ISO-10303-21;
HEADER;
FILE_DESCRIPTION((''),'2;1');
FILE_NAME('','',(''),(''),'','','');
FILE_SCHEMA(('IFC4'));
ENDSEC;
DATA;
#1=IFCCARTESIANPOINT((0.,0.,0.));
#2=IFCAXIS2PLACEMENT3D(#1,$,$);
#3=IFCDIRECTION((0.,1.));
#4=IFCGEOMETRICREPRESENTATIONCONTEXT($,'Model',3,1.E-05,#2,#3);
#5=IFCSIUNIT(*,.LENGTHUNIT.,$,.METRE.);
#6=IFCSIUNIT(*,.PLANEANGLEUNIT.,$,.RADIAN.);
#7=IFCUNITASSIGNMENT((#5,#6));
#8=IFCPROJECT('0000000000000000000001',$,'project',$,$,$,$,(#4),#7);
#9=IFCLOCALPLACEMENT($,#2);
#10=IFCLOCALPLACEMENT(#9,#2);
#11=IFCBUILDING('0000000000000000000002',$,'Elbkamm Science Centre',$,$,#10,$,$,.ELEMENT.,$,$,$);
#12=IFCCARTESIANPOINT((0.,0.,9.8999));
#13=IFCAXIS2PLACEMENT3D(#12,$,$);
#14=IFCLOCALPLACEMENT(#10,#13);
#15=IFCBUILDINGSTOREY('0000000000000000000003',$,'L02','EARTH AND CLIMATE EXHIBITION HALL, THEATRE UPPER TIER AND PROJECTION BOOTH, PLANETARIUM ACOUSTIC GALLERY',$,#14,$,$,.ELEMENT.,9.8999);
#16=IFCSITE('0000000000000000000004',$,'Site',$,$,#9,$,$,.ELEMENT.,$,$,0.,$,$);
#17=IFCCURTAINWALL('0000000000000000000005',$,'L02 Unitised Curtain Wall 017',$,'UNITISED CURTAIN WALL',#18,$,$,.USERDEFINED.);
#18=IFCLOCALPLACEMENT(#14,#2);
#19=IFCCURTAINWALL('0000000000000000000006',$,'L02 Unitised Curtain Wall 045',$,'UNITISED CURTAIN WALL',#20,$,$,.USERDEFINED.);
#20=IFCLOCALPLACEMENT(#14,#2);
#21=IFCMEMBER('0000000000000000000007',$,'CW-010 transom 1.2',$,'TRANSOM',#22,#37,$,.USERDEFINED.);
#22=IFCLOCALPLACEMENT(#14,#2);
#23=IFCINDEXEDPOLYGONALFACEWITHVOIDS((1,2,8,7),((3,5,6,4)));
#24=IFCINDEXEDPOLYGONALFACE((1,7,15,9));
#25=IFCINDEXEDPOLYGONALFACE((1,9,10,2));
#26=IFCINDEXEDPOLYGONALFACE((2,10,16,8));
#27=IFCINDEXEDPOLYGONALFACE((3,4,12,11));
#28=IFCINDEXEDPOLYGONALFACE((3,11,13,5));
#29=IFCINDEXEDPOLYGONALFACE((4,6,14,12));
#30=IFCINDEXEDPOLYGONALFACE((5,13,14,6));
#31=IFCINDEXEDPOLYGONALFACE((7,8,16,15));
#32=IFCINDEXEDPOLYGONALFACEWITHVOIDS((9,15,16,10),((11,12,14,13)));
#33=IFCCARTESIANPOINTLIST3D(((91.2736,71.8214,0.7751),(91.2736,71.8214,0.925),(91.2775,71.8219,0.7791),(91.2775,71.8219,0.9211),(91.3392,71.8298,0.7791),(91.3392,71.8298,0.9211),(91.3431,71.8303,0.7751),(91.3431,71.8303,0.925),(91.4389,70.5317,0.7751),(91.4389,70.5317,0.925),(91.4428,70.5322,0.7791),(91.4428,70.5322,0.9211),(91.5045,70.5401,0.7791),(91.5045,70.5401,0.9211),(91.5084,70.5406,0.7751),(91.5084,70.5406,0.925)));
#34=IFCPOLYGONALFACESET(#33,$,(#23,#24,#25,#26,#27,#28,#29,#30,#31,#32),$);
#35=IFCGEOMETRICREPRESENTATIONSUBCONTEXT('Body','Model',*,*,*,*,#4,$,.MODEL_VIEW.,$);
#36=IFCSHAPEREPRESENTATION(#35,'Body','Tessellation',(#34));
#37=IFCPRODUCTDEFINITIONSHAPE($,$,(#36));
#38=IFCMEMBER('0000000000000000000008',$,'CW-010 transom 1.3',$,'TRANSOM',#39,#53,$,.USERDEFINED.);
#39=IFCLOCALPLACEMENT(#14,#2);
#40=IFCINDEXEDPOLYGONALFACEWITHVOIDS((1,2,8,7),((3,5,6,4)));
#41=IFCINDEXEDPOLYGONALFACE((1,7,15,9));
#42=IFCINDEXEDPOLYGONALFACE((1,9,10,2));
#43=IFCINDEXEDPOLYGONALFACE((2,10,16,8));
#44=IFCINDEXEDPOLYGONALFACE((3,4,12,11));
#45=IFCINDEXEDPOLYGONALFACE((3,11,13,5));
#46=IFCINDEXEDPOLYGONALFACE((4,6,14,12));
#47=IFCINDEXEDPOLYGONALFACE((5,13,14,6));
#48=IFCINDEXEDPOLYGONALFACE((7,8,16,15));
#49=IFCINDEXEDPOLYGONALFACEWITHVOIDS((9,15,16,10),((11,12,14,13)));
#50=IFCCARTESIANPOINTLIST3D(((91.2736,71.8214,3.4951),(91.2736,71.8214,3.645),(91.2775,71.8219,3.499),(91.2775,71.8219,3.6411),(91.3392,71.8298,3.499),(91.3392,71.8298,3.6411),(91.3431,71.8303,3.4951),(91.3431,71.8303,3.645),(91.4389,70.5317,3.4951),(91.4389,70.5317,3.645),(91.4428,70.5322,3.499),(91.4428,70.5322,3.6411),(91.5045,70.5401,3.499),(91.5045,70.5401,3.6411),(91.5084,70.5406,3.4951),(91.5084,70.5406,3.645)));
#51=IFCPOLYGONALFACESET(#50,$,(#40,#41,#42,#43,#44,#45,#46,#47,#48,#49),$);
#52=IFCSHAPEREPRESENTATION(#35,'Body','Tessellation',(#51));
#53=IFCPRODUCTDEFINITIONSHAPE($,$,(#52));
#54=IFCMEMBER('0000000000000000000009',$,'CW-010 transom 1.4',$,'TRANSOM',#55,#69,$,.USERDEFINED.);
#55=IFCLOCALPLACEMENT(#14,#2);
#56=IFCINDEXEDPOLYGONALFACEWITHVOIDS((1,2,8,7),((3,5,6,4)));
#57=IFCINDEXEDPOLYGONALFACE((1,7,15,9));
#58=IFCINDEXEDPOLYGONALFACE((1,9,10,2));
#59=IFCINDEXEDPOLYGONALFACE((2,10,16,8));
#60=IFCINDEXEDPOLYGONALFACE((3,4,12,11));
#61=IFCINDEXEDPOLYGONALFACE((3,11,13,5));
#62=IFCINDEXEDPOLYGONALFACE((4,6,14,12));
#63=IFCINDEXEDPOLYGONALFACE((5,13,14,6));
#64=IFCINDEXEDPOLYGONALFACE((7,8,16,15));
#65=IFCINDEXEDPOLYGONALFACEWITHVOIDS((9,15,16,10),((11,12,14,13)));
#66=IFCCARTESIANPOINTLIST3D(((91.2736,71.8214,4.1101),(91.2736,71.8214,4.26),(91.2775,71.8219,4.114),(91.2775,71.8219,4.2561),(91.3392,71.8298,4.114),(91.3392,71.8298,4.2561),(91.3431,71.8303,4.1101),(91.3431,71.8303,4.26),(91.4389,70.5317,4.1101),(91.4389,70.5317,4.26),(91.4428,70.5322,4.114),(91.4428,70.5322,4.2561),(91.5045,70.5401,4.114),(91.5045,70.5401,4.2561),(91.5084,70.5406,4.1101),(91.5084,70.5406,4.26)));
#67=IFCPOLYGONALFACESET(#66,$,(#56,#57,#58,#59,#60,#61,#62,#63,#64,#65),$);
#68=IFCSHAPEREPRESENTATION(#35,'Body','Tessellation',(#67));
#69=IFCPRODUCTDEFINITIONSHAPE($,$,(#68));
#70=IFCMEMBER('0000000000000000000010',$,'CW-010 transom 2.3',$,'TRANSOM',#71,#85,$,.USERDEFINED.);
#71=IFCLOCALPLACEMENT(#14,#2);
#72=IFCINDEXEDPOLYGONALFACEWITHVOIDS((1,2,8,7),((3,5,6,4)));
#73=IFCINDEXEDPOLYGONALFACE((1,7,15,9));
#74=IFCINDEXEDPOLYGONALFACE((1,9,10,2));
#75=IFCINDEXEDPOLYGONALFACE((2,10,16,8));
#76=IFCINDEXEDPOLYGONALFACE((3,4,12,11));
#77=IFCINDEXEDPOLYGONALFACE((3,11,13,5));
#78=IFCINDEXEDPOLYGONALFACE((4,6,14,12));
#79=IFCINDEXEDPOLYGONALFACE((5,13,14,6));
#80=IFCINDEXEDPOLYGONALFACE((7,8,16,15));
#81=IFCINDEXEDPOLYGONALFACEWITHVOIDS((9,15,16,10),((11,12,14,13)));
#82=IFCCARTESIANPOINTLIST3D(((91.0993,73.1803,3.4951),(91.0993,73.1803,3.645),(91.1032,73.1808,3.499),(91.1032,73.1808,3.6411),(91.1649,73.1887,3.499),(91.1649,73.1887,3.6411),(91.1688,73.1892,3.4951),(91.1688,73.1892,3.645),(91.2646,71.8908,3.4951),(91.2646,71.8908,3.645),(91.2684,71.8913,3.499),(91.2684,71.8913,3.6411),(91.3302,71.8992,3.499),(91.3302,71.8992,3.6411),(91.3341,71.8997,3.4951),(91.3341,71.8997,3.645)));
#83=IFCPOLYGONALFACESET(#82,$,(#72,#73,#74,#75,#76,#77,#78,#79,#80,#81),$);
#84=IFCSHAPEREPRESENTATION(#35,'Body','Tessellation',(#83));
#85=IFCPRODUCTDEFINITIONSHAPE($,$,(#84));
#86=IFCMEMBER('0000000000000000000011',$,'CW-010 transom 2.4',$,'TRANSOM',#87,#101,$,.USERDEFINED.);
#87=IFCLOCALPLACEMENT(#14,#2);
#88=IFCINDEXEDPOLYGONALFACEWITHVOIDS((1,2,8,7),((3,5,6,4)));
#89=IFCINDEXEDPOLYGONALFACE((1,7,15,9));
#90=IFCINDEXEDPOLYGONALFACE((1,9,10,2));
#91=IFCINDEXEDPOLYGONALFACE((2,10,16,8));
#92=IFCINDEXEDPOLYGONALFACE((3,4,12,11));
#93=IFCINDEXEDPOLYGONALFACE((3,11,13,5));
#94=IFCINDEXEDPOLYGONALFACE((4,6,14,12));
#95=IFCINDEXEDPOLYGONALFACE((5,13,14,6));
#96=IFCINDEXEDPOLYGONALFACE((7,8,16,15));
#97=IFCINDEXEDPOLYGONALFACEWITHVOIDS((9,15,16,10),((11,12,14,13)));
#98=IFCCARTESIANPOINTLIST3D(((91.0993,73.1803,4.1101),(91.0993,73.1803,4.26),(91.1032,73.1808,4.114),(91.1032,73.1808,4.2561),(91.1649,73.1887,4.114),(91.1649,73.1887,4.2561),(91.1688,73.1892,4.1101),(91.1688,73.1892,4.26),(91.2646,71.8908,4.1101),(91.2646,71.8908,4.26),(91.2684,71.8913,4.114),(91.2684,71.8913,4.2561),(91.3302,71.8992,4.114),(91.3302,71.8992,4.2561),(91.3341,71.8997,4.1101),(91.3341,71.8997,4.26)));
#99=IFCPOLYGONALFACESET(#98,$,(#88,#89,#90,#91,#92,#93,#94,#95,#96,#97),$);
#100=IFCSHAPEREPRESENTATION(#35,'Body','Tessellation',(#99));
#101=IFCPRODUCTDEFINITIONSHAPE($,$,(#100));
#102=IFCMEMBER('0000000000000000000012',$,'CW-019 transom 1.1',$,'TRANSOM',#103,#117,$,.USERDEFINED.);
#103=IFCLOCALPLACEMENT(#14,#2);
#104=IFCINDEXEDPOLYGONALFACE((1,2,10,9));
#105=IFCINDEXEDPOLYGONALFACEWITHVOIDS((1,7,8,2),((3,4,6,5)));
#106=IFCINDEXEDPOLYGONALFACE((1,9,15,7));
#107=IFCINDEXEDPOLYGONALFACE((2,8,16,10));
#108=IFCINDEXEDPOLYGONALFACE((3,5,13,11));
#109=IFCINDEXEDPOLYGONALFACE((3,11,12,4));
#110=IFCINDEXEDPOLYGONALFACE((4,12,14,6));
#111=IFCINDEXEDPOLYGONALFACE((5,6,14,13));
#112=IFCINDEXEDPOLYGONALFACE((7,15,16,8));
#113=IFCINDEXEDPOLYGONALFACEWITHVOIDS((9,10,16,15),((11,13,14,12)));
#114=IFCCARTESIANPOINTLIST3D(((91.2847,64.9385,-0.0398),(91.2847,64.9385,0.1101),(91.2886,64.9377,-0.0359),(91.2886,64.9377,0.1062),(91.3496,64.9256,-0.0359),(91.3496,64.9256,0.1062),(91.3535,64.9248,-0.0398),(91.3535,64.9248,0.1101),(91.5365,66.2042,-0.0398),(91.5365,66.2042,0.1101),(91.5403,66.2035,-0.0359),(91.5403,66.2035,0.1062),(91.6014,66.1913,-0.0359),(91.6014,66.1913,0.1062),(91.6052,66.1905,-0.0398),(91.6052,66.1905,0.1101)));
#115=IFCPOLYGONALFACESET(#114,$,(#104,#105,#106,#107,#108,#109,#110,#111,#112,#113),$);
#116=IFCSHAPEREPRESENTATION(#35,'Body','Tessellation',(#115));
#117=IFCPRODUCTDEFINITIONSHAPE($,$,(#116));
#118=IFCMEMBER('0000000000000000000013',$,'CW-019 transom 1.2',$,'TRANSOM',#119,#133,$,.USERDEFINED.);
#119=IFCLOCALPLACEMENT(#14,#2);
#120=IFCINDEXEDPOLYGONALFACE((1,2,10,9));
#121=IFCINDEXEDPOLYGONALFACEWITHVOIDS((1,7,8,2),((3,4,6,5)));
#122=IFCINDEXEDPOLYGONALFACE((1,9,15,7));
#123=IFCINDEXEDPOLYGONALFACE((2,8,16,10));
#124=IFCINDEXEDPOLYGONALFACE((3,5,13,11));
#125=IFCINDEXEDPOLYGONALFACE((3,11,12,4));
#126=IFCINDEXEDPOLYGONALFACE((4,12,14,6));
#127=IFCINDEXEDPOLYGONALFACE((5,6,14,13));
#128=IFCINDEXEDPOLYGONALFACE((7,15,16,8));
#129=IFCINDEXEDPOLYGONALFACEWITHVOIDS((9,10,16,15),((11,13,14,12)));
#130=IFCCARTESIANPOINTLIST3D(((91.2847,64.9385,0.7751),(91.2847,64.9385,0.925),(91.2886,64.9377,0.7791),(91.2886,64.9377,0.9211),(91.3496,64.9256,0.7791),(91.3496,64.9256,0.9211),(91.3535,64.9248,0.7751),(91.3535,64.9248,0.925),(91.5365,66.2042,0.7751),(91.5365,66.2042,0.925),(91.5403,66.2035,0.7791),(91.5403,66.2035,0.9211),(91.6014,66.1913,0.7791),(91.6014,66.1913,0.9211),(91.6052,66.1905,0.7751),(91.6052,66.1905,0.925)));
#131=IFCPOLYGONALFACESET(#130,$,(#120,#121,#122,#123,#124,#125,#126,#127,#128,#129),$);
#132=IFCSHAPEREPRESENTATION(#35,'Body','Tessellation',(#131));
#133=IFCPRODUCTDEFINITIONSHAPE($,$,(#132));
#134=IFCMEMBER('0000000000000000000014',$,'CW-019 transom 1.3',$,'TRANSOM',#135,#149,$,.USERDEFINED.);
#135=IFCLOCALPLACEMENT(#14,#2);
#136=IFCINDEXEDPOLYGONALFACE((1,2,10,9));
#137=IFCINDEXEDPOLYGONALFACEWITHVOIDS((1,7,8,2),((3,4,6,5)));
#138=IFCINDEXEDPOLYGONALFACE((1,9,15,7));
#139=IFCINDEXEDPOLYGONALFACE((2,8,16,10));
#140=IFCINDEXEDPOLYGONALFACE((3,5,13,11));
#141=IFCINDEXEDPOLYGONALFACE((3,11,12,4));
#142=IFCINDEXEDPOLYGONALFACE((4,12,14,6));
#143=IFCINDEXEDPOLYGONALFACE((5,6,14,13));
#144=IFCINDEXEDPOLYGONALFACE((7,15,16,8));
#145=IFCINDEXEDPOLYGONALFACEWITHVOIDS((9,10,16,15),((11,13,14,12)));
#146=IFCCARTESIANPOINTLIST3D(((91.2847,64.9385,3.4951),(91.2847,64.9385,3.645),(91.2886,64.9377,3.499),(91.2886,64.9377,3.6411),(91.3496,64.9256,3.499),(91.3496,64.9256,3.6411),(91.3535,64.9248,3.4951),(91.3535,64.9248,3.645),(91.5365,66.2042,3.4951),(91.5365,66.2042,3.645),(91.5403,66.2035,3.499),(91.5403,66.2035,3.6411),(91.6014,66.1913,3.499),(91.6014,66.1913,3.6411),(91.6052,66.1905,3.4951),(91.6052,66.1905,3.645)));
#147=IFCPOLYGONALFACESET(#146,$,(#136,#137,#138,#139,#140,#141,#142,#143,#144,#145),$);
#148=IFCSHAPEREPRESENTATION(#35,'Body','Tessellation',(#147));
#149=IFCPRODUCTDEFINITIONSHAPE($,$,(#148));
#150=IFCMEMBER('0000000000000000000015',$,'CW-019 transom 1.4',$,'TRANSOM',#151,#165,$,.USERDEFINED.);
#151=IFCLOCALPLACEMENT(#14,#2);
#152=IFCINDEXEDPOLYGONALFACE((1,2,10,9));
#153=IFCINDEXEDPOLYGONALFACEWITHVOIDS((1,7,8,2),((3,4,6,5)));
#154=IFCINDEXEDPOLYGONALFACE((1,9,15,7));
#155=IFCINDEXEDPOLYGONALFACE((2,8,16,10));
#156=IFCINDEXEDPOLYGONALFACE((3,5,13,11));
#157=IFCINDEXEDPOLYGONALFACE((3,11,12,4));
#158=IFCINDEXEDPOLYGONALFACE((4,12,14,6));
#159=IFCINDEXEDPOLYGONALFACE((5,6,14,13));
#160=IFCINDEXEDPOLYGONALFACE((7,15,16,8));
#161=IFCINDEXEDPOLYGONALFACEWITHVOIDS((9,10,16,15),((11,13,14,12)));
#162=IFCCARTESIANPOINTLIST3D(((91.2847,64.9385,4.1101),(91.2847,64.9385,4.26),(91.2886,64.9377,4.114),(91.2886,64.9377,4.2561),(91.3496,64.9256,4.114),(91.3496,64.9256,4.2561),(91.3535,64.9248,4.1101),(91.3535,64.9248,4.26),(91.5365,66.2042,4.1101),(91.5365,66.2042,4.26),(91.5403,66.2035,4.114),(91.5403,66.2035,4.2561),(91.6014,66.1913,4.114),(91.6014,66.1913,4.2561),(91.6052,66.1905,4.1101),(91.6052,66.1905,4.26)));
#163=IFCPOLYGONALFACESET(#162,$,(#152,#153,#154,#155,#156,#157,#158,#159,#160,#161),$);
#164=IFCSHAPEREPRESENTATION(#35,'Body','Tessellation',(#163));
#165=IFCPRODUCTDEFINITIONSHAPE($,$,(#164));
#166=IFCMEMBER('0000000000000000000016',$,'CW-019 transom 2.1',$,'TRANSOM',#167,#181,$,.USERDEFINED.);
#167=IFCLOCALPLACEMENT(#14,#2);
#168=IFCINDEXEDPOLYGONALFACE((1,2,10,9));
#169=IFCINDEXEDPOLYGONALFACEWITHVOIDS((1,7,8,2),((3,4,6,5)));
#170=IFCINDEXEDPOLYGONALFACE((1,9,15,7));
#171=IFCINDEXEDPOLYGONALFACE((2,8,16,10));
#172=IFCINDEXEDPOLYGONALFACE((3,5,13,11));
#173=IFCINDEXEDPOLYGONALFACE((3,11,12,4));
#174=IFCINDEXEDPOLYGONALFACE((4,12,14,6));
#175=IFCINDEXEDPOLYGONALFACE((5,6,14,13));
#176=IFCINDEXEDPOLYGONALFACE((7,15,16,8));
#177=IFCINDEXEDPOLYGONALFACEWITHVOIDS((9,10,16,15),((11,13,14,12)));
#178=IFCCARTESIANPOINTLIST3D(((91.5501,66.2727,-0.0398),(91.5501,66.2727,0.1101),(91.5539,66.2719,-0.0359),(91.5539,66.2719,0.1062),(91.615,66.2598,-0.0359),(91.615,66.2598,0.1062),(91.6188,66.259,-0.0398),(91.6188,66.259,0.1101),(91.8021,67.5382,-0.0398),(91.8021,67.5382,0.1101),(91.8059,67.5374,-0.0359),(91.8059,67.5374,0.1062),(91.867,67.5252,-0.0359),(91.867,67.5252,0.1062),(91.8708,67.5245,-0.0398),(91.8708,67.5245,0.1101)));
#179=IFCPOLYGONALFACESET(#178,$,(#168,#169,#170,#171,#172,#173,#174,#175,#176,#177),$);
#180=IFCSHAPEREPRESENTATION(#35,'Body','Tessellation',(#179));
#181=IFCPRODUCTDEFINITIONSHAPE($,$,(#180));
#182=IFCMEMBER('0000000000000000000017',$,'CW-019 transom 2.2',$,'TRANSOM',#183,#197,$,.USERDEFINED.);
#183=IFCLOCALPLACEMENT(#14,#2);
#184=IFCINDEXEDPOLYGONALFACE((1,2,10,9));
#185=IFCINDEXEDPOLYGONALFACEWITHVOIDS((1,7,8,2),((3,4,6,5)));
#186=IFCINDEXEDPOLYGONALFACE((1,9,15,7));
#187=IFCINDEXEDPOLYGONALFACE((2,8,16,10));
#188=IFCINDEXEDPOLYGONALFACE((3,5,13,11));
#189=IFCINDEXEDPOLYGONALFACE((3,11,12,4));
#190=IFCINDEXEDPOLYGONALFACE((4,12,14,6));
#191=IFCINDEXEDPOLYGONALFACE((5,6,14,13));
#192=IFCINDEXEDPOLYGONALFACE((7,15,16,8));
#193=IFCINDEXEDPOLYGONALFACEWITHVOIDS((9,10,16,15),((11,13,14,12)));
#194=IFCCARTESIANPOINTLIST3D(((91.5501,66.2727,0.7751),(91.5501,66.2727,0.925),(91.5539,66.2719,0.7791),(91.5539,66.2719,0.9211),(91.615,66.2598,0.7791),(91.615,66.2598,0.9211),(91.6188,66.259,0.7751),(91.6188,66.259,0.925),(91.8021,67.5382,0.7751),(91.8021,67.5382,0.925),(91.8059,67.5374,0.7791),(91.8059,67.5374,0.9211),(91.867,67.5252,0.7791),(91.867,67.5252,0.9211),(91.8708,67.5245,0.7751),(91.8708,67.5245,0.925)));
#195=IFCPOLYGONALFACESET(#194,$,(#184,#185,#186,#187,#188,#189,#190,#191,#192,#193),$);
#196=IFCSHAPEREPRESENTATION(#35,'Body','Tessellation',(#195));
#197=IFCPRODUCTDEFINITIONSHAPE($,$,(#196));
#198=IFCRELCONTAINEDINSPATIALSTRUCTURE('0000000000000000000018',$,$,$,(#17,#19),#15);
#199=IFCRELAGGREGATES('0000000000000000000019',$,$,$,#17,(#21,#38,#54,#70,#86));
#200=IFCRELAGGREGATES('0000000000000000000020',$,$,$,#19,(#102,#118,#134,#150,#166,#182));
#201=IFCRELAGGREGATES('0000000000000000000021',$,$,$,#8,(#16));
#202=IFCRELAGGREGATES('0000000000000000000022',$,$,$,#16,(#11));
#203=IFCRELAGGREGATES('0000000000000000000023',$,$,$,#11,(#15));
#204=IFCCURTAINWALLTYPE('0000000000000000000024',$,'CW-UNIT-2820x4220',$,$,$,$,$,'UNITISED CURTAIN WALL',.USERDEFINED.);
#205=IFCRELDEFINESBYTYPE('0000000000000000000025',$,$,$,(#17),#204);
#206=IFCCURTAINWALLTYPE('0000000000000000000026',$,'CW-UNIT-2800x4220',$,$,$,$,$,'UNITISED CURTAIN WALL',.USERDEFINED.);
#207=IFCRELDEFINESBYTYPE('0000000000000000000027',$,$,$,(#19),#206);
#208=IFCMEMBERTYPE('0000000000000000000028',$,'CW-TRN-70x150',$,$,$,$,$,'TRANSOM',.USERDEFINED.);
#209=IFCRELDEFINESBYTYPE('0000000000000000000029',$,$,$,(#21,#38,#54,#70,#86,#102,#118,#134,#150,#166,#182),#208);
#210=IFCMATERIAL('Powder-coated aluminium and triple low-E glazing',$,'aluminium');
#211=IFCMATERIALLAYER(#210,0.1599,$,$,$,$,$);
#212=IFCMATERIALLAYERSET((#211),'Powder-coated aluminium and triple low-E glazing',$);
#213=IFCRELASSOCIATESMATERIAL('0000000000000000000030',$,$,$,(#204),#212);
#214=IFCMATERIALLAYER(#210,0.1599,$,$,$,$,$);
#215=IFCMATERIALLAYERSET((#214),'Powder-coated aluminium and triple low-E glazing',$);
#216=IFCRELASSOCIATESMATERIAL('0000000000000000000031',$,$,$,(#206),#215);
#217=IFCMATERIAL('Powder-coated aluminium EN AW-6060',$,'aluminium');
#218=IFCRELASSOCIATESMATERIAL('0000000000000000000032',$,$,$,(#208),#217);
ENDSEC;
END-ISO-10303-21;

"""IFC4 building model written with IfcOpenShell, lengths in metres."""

from ifc_helpers import new_model, si_unit, direction, frame, origin, origin_2d, place, context, subcontext, project, spatial, hollow_rectangle, extrude, material, layer, layer_set, material_profile, profile_set, type_object, element, aggregate, save


model = new_model("IFC4")

# Units and contexts
model_context = context("Model", 3, precision=1e-05, world=origin(), true_north=direction((0.0, 1.0)))
body_context = subcontext(model_context, "Body", "Model", "MODEL_VIEW")
ifc_project = project(units=[si_unit("LENGTHUNIT", "METRE"), si_unit("PLANEANGLEUNIT", "RADIAN")], contexts=[model_context])

# Site, building, storey
site_placement = place(None, origin())
site = spatial("IfcSite", under=ifc_project, at=site_placement, Name="Site", CompositionType="ELEMENT", RefElevation=0.0)
building_placement = place(site_placement, origin())
building = spatial("IfcBuilding", under=site, at=building_placement, Name="Elbkamm Science Centre", CompositionType="ELEMENT")
storey_placement = place(building_placement, frame((0.0, 0.0, 9.8999)))
storey = spatial("IfcBuildingStorey", under=building, at=storey_placement, Name="L02", Description="EARTH AND CLIMATE EXHIBITION HALL, THEATRE UPPER TIER AND PROJECTION BOOTH, PLANETARIUM ACOUSTIC GALLERY", CompositionType="ELEMENT", Elevation=9.8999)

# Curtain walls
ifc_material_1 = material(Name="Powder-coated aluminium and triple low-E glazing", Category="aluminium")
ifc_layer_1 = layer(ifc_material_1, 0.1599)
ifc_layer_set_1 = layer_set([ifc_layer_1], Name="Powder-coated aluminium and triple low-E glazing")
curtain_wall_type_1 = type_object("IfcCurtainWallType", Name="CW-UNIT-2820x4220", ElementType="UNITISED CURTAIN WALL", PredefinedType="USERDEFINED", material=ifc_layer_set_1)
ifc_material_2 = material(Name="Powder-coated aluminium EN AW-6060", Category="aluminium")
curtain_wall_1_placement = place(storey_placement, origin())
curtain_wall_1 = element("IfcCurtainWall", 1, at=curtain_wall_1_placement, inside=storey, type_object=curtain_wall_type_1, Name="L02 Unitised Curtain Wall 017", ObjectType="UNITISED CURTAIN WALL", PredefinedType="USERDEFINED")
ifc_layer_2 = layer(ifc_material_1, 0.1599)
ifc_layer_set_2 = layer_set([ifc_layer_2], Name="Powder-coated aluminium and triple low-E glazing")
curtain_wall_type_2 = type_object("IfcCurtainWallType", Name="CW-UNIT-2800x4220", ElementType="UNITISED CURTAIN WALL", PredefinedType="USERDEFINED", material=ifc_layer_set_2)
curtain_wall_2_placement = place(storey_placement, origin())
curtain_wall_2 = element("IfcCurtainWall", 2, at=curtain_wall_2_placement, inside=storey, type_object=curtain_wall_type_2, Name="L02 Unitised Curtain Wall 045", ObjectType="UNITISED CURTAIN WALL", PredefinedType="USERDEFINED")

# Members
ifc_material_profile_1 = material_profile(ifc_material_2, hollow_rectangle(XDim=0.0701, YDim=0.1499, WallThickness=0.0039, at=origin_2d()), Name="ALU T70x150")
ifc_profile_set_1 = profile_set([ifc_material_profile_1], Name="Powder-coated aluminium EN AW-6060")
member_type_1 = type_object("IfcMemberType", Name="CW-TRN-70x150", ElementType="TRANSOM", PredefinedType="USERDEFINED", material=ifc_profile_set_1)
member_1_placement = place(storey_placement, frame((91.4736, 70.5361, 0.8501), z_axis=(-0.127107, 0.991889, 0.0), x_axis=(-0.991889, -0.127107, 0.0)))
member_1 = element("IfcMember", 3, at=member_1_placement, type_object=member_type_1, Name="CW-010 transom 1.2", ObjectType="TRANSOM", PredefinedType="USERDEFINED", context=body_context, shape_type="SweptSolid", body=[
    extrude(hollow_rectangle(XDim=0.0701, YDim=0.1499, WallThickness=0.0039, at=origin_2d()), origin(), (0.0, 0.0, 1.0), 1.3003),
])
member_2_placement = place(storey_placement, frame((91.4736, 70.5361, 3.5701), z_axis=(-0.127107, 0.991889, 0.0), x_axis=(-0.991889, -0.127107, 0.0)))
member_2 = element("IfcMember", 4, at=member_2_placement, type_object=member_type_1, Name="CW-010 transom 1.3", ObjectType="TRANSOM", PredefinedType="USERDEFINED", context=body_context, shape_type="SweptSolid", body=[
    extrude(hollow_rectangle(XDim=0.0701, YDim=0.1499, WallThickness=0.0039, at=origin_2d()), origin(), (0.0, 0.0, 1.0), 1.3003),
])
member_3_placement = place(storey_placement, frame((91.4736, 70.5361, 4.1851), z_axis=(-0.127107, 0.991889, 0.0), x_axis=(-0.991889, -0.127107, 0.0)))
member_3 = element("IfcMember", 5, at=member_3_placement, type_object=member_type_1, Name="CW-010 transom 1.4", ObjectType="TRANSOM", PredefinedType="USERDEFINED", context=body_context, shape_type="SweptSolid", body=[
    extrude(hollow_rectangle(XDim=0.0701, YDim=0.1499, WallThickness=0.0039, at=origin_2d()), origin(), (0.0, 0.0, 1.0), 1.3003),
])
member_4_placement = place(storey_placement, frame((91.2993, 71.8953, 3.5701), z_axis=(-0.127131, 0.991886, 0.0), x_axis=(-0.991886, -0.127131, 0.0)))
member_4 = element("IfcMember", 6, at=member_4_placement, type_object=member_type_1, Name="CW-010 transom 2.3", ObjectType="TRANSOM", PredefinedType="USERDEFINED", context=body_context, shape_type="SweptSolid", body=[
    extrude(hollow_rectangle(XDim=0.0701, YDim=0.1499, WallThickness=0.0039, at=origin_2d()), origin(), (0.0, 0.0, 1.0), 1.3),
])
member_5_placement = place(storey_placement, frame((91.2993, 71.8953, 4.1851), z_axis=(-0.127131, 0.991886, 0.0), x_axis=(-0.991886, -0.127131, 0.0)))
member_5 = element("IfcMember", 7, at=member_5_placement, type_object=member_type_1, Name="CW-010 transom 2.4", ObjectType="TRANSOM", PredefinedType="USERDEFINED", context=body_context, shape_type="SweptSolid", body=[
    extrude(hollow_rectangle(XDim=0.0701, YDim=0.1499, WallThickness=0.0039, at=origin_2d()), origin(), (0.0, 0.0, 1.0), 1.3),
])
member_6_placement = place(storey_placement, frame((91.3191, 64.9316, 0.0352), z_axis=(0.195061, 0.980791, 0.0), x_axis=(-0.980791, 0.195061, 0.0)))
member_6 = element("IfcMember", 8, at=member_6_placement, type_object=member_type_1, Name="CW-019 transom 1.1", ObjectType="TRANSOM", PredefinedType="USERDEFINED", context=body_context, shape_type="SweptSolid", body=[
    extrude(hollow_rectangle(XDim=0.0701, YDim=0.1499, WallThickness=0.0039, at=origin_2d()), origin(), (0.0, 0.0, 1.0), 1.2905),
])
member_7_placement = place(storey_placement, frame((91.3191, 64.9316, 0.8501), z_axis=(0.195061, 0.980791, 0.0), x_axis=(-0.980791, 0.195061, 0.0)))
member_7 = element("IfcMember", 9, at=member_7_placement, type_object=member_type_1, Name="CW-019 transom 1.2", ObjectType="TRANSOM", PredefinedType="USERDEFINED", context=body_context, shape_type="SweptSolid", body=[
    extrude(hollow_rectangle(XDim=0.0701, YDim=0.1499, WallThickness=0.0039, at=origin_2d()), origin(), (0.0, 0.0, 1.0), 1.2905),
])
member_8_placement = place(storey_placement, frame((91.3191, 64.9316, 3.5701), z_axis=(0.195061, 0.980791, 0.0), x_axis=(-0.980791, 0.195061, 0.0)))
member_8 = element("IfcMember", 10, at=member_8_placement, type_object=member_type_1, Name="CW-019 transom 1.3", ObjectType="TRANSOM", PredefinedType="USERDEFINED", context=body_context, shape_type="SweptSolid", body=[
    extrude(hollow_rectangle(XDim=0.0701, YDim=0.1499, WallThickness=0.0039, at=origin_2d()), origin(), (0.0, 0.0, 1.0), 1.2905),
])
member_9_placement = place(storey_placement, frame((91.3191, 64.9316, 4.1851), z_axis=(0.195061, 0.980791, 0.0), x_axis=(-0.980791, 0.195061, 0.0)))
member_9 = element("IfcMember", 11, at=member_9_placement, type_object=member_type_1, Name="CW-019 transom 1.4", ObjectType="TRANSOM", PredefinedType="USERDEFINED", context=body_context, shape_type="SweptSolid", body=[
    extrude(hollow_rectangle(XDim=0.0701, YDim=0.1499, WallThickness=0.0039, at=origin_2d()), origin(), (0.0, 0.0, 1.0), 1.2905),
])
member_10_placement = place(storey_placement, frame((91.5845, 66.2659, 0.0352), z_axis=(0.195279, 0.980748, 0.0), x_axis=(-0.980748, 0.195279, 0.0)))
member_10 = element("IfcMember", 12, at=member_10_placement, type_object=member_type_1, Name="CW-019 transom 2.1", ObjectType="TRANSOM", PredefinedType="USERDEFINED", context=body_context, shape_type="SweptSolid", body=[
    extrude(hollow_rectangle(XDim=0.0701, YDim=0.1499, WallThickness=0.0039, at=origin_2d()), origin(), (0.0, 0.0, 1.0), 1.2903),
])
member_11_placement = place(storey_placement, frame((91.5845, 66.2659, 0.8501), z_axis=(0.195279, 0.980748, 0.0), x_axis=(-0.980748, 0.195279, 0.0)))
member_11 = element("IfcMember", 13, at=member_11_placement, type_object=member_type_1, Name="CW-019 transom 2.2", ObjectType="TRANSOM", PredefinedType="USERDEFINED", context=body_context, shape_type="SweptSolid", body=[
    extrude(hollow_rectangle(XDim=0.0701, YDim=0.1499, WallThickness=0.0039, at=origin_2d()), origin(), (0.0, 0.0, 1.0), 1.2903),
])

aggregate(curtain_wall_1, [member_1, member_2, member_3, member_4, member_5])
aggregate(curtain_wall_2, [member_6, member_7, member_8, member_9, member_10, member_11])

save(model, "model.ifc")
